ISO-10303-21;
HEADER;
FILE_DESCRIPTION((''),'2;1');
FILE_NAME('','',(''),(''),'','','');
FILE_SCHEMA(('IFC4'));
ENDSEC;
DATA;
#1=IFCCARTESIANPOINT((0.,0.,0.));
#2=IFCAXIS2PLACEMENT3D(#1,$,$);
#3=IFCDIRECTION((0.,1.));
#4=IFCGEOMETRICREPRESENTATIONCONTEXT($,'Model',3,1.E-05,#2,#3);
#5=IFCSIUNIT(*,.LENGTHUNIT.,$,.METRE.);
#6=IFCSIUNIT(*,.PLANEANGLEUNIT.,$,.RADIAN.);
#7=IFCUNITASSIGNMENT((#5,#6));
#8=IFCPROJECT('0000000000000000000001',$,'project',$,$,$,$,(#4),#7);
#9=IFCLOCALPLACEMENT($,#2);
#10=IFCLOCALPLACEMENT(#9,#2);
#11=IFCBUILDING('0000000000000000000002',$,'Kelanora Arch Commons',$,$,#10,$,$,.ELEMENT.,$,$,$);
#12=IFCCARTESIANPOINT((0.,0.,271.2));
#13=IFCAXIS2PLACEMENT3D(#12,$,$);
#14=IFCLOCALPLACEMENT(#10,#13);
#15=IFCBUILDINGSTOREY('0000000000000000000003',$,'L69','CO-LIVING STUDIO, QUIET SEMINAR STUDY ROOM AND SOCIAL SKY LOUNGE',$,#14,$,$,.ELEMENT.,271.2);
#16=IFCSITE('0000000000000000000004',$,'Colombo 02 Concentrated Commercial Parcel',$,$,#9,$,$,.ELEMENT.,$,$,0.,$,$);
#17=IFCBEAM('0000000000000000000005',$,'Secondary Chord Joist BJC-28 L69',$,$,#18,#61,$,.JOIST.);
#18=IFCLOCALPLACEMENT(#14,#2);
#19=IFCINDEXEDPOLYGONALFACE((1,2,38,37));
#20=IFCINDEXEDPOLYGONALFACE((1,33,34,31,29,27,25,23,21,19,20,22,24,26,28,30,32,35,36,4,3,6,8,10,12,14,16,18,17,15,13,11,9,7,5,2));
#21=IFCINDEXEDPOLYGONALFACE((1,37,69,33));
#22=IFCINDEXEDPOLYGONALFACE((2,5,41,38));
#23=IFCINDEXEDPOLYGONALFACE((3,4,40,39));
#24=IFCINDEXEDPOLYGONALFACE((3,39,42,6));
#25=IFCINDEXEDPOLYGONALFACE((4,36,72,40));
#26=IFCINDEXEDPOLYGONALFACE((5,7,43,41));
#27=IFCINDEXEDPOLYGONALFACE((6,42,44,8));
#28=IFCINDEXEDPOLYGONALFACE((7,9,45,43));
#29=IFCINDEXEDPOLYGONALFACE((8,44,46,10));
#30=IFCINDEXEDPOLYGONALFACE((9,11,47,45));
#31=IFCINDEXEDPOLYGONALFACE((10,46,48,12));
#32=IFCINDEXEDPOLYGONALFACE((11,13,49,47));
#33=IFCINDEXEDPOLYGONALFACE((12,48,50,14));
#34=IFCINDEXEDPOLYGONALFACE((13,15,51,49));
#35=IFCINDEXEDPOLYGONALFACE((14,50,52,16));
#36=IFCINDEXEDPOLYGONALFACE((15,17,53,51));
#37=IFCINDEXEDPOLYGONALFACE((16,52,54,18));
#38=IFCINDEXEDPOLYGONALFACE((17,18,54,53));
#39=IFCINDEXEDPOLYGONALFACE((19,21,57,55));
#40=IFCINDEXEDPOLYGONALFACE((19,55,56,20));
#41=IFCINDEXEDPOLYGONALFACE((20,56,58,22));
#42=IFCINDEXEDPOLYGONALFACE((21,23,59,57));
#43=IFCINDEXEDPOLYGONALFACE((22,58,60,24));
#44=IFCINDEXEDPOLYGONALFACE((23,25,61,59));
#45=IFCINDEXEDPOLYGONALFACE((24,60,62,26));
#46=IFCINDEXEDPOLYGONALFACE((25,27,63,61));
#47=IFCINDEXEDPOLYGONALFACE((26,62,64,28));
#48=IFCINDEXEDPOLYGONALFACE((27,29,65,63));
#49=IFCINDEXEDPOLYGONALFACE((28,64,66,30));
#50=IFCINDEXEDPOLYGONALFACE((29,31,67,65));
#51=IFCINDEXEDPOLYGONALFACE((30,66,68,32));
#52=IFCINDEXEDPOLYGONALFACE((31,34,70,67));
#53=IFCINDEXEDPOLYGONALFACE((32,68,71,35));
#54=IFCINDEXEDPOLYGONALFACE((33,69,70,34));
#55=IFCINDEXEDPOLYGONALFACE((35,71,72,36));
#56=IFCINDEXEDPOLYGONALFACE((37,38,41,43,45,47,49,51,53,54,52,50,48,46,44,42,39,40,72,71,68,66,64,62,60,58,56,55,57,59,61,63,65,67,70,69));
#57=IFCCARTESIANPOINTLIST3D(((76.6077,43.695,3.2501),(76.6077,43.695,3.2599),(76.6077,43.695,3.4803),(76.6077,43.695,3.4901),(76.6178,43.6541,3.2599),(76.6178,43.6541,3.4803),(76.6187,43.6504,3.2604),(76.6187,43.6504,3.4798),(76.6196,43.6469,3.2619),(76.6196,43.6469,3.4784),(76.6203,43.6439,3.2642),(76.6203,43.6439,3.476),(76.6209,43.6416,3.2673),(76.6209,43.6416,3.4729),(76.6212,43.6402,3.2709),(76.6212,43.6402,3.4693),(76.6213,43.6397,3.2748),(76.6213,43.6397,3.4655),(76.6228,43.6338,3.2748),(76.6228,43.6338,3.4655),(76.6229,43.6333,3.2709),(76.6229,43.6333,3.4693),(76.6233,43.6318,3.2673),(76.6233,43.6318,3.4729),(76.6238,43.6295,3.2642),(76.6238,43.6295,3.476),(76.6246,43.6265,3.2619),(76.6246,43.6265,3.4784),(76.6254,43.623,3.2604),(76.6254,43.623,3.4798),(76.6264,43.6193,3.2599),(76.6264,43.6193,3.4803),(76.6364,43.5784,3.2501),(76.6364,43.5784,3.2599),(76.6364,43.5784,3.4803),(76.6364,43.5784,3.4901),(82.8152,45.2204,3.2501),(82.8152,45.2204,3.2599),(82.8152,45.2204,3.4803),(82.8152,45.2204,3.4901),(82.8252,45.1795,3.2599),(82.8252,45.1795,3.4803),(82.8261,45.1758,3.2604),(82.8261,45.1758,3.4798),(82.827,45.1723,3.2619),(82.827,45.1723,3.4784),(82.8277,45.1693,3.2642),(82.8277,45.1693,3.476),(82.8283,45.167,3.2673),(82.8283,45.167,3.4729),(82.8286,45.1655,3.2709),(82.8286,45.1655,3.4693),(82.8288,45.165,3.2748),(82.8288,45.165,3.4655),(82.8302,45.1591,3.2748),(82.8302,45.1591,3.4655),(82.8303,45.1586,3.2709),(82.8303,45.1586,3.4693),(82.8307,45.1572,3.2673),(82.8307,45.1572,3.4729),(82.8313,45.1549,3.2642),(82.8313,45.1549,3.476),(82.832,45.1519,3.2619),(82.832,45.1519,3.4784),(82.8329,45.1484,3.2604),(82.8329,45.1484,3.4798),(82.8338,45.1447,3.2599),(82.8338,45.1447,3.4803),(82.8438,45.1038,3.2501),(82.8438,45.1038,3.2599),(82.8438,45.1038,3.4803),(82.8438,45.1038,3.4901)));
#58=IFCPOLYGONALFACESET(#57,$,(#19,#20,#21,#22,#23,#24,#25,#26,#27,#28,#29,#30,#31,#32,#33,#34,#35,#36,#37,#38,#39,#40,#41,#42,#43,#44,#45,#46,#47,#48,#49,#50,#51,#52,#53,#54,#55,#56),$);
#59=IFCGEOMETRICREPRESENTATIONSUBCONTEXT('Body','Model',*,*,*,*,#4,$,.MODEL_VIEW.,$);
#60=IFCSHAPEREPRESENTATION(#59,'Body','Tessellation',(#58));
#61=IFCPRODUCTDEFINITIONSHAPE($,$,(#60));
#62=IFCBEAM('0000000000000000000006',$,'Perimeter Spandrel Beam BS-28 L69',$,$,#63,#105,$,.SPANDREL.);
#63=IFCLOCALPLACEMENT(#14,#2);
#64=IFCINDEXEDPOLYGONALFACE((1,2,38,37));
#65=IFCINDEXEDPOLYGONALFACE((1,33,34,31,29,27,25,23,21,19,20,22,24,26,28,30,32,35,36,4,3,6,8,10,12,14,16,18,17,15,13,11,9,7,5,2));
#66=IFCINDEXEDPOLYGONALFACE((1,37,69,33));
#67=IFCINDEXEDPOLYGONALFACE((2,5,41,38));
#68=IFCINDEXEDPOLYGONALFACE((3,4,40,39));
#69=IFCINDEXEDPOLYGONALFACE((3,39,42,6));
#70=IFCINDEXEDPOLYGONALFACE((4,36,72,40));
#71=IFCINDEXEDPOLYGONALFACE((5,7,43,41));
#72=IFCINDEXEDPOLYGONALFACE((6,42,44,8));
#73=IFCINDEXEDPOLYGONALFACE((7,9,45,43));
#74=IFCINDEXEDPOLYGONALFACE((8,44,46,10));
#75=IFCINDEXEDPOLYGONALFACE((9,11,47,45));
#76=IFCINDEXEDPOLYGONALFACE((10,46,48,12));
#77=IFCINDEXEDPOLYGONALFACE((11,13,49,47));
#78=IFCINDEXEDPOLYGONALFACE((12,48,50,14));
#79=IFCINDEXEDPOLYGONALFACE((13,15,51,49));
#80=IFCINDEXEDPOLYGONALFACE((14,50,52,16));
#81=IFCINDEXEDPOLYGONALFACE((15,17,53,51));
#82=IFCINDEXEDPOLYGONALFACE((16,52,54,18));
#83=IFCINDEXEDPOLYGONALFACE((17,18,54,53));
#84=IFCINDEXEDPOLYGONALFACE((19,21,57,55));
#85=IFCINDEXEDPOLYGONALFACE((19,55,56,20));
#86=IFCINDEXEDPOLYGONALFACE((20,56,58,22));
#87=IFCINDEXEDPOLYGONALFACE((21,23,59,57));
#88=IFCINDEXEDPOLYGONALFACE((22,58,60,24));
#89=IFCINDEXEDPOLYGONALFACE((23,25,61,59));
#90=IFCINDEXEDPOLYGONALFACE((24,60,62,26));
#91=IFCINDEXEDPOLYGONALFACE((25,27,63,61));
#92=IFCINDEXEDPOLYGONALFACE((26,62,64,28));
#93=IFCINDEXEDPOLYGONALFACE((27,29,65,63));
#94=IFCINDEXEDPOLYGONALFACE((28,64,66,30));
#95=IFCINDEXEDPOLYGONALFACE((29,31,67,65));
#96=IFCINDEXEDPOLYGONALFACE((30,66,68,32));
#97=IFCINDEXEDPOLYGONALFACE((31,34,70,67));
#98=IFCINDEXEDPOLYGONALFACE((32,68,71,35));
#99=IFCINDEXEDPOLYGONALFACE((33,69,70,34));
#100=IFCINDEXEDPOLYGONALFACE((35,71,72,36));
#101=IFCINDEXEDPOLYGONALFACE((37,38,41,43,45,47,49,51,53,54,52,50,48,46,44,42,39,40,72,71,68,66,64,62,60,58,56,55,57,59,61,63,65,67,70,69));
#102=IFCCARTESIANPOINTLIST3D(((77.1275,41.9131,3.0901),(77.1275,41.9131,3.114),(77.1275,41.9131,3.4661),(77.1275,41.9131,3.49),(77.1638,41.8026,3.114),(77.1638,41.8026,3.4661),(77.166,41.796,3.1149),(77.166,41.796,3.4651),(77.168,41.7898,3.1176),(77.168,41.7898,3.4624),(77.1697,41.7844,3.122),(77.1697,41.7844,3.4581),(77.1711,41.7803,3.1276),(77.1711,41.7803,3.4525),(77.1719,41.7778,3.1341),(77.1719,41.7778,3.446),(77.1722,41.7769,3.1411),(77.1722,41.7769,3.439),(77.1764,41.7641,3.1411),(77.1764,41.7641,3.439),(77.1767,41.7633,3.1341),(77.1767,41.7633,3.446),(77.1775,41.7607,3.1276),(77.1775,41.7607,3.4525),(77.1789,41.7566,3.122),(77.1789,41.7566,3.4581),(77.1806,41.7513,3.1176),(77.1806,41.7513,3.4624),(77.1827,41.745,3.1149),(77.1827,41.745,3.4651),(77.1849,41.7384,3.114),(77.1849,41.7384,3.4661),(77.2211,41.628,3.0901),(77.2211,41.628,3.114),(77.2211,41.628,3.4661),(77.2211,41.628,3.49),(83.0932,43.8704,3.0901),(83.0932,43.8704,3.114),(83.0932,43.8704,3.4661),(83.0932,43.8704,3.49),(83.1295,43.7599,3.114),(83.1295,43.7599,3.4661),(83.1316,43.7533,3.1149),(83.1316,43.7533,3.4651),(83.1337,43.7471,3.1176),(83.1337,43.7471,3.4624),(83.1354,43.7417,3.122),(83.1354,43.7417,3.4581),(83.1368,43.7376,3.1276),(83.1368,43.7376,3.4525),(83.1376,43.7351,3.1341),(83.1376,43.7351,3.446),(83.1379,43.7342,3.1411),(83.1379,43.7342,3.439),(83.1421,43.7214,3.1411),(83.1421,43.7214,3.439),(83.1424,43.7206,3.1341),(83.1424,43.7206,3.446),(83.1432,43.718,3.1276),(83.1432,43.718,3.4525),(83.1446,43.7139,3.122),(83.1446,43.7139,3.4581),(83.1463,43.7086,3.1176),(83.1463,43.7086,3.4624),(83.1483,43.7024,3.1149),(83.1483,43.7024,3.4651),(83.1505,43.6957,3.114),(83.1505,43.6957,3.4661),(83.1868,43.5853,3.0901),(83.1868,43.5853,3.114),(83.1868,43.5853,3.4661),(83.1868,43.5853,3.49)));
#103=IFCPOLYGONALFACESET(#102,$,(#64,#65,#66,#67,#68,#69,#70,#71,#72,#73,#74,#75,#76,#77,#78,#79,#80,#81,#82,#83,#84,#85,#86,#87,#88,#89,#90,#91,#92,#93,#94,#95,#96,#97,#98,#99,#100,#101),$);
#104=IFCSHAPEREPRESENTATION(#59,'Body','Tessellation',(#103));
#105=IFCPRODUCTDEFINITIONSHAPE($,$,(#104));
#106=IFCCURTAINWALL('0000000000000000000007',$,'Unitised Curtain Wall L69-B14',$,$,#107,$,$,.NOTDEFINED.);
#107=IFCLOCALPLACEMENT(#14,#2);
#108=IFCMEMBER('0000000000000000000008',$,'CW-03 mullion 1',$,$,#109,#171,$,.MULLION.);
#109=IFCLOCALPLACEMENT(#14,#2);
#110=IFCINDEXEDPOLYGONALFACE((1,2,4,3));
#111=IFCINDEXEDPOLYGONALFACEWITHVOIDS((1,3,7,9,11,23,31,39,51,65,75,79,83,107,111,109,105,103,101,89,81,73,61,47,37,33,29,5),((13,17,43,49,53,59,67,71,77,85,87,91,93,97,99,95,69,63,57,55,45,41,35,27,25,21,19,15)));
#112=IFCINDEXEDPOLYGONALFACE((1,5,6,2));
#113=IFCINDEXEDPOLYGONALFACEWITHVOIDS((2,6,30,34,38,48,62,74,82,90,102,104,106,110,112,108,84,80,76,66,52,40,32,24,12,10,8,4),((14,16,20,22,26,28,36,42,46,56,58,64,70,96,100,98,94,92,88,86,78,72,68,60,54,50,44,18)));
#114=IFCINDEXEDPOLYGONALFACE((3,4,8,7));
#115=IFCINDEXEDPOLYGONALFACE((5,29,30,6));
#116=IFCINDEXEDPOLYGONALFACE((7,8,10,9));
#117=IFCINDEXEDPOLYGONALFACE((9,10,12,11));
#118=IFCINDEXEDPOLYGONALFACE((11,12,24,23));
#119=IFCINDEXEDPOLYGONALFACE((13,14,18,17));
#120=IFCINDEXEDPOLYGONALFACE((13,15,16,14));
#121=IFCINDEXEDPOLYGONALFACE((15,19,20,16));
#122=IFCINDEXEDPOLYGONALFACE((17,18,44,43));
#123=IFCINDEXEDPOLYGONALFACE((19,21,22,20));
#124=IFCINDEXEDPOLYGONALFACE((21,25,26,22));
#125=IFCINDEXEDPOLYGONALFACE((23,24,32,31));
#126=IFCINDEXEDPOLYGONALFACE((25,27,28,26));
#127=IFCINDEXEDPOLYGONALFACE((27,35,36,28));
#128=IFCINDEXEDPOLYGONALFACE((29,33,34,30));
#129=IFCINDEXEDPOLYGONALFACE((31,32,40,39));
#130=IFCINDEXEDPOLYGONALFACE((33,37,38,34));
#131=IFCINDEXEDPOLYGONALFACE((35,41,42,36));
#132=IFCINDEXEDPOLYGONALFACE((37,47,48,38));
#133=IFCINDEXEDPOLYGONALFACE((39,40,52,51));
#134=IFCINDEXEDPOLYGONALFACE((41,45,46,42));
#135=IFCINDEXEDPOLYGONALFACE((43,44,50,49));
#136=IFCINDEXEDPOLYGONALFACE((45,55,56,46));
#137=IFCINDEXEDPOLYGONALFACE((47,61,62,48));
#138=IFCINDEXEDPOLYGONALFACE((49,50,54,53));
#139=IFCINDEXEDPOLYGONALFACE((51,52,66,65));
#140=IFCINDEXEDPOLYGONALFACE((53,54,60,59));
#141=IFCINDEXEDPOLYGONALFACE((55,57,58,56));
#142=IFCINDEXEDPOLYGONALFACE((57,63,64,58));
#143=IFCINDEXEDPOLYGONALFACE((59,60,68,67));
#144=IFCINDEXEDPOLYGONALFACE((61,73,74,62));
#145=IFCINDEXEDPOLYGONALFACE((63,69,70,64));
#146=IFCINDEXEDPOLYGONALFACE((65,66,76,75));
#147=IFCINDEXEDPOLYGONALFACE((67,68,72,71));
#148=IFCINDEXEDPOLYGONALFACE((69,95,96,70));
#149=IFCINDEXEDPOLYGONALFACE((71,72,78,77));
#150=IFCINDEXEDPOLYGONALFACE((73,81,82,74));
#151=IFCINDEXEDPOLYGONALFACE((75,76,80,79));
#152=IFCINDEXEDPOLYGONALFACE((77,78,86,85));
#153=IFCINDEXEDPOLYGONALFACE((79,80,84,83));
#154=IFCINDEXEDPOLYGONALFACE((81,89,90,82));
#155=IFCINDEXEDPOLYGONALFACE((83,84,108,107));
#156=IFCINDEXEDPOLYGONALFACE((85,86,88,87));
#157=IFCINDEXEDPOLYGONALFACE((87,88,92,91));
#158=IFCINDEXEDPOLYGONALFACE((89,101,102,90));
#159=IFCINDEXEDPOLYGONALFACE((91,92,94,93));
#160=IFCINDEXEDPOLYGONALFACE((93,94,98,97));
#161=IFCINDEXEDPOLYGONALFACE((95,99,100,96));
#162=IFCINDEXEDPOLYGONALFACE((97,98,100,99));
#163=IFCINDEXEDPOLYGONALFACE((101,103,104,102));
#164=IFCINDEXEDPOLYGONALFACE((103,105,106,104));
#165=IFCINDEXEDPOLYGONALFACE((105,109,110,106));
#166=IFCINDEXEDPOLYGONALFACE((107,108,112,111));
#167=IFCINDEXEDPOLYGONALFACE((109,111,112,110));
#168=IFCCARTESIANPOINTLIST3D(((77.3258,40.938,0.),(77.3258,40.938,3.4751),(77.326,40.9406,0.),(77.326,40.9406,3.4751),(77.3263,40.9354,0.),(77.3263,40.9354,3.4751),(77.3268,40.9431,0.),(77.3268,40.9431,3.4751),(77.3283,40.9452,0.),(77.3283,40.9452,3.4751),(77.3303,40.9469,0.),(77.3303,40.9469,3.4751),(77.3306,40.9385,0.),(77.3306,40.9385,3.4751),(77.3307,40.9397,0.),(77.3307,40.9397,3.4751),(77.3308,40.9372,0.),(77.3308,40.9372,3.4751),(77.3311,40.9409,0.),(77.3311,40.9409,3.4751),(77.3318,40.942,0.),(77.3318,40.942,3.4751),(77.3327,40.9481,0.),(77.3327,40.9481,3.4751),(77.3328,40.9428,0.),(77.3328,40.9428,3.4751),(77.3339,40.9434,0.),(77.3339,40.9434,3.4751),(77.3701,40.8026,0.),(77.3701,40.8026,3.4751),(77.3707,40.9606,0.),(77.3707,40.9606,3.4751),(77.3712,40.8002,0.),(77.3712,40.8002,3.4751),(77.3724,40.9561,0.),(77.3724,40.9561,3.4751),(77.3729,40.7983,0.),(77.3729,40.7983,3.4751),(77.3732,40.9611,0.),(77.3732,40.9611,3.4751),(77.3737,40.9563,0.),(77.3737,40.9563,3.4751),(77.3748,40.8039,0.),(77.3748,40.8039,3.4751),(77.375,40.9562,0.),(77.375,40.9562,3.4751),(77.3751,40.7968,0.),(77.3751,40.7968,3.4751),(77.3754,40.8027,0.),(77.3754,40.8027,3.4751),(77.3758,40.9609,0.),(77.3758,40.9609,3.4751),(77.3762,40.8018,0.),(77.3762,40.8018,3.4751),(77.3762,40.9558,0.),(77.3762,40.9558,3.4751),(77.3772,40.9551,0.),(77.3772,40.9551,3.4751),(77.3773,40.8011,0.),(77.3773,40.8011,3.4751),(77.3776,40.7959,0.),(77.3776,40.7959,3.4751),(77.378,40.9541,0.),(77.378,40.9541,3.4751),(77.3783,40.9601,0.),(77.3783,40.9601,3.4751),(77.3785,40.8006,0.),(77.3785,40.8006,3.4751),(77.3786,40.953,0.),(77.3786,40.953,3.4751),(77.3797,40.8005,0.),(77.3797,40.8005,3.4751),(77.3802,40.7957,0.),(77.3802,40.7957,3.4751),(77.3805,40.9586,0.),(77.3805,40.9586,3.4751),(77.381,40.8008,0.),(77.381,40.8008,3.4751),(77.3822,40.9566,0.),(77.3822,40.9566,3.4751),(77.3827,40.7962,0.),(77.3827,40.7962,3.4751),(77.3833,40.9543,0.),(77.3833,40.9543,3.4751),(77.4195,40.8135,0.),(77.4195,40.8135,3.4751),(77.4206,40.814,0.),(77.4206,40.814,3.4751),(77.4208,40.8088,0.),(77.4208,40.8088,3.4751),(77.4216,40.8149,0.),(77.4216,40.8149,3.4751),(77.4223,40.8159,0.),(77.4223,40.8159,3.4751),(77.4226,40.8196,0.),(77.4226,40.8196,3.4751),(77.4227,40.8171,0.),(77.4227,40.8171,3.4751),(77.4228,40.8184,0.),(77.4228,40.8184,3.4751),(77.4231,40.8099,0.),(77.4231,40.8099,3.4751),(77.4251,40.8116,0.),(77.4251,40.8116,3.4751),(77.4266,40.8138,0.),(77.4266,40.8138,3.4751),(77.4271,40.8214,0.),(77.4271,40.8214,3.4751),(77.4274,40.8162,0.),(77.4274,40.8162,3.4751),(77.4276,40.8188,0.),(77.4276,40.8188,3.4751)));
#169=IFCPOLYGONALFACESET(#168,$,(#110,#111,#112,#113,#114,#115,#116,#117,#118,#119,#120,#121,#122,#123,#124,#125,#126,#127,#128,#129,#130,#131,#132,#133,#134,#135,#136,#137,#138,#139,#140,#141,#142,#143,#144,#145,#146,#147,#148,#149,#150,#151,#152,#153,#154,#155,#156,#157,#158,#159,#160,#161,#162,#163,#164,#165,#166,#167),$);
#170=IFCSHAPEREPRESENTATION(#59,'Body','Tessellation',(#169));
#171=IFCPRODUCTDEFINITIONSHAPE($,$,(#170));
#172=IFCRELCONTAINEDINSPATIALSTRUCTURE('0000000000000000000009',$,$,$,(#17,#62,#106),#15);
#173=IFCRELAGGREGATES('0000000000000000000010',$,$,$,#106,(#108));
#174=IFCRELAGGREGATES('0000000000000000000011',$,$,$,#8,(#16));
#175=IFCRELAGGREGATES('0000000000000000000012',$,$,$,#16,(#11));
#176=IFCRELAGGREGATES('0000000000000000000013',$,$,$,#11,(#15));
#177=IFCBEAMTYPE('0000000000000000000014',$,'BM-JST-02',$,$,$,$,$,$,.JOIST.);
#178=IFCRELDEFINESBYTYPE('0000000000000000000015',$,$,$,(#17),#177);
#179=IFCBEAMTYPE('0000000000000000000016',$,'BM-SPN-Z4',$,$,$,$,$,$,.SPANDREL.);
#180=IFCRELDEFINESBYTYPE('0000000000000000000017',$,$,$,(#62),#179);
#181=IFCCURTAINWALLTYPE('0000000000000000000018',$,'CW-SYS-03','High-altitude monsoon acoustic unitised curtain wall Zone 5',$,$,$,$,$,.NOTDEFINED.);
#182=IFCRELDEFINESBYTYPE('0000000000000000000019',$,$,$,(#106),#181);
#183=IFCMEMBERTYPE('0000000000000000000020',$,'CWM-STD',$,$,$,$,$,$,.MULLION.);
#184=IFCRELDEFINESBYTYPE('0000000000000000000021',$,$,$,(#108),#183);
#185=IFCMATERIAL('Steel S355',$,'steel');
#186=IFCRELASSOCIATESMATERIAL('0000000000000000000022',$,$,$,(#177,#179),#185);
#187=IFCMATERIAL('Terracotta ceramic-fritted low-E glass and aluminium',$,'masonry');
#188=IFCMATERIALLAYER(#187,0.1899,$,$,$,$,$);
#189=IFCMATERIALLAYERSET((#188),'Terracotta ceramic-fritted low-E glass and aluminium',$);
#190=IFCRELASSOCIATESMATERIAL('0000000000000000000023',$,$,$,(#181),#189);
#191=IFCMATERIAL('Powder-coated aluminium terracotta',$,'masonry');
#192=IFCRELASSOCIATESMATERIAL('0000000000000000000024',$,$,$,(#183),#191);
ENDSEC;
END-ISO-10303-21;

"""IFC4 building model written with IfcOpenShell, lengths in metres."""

from ifc_helpers import new_model, si_unit, direction, frame, origin, origin_2d, place, context, subcontext, project, spatial, hollow_rectangle, i_section, extrude, material, layer, layer_set, material_profile, profile_set, type_object, element, aggregate, save


model = new_model("IFC4")

# Units and contexts
model_context = context("Model", 3, precision=1e-05, world=origin(), true_north=direction((0.0, 1.0)))
body_context = subcontext(model_context, "Body", "Model", "MODEL_VIEW")
ifc_project = project(units=[si_unit("LENGTHUNIT", "METRE"), si_unit("PLANEANGLEUNIT", "RADIAN")], contexts=[model_context])

# Site, building, storey
site_placement = place(None, origin())
site = spatial("IfcSite", under=ifc_project, at=site_placement, Name="Colombo 02 Concentrated Commercial Parcel", CompositionType="ELEMENT", RefElevation=0.0)
building_placement = place(site_placement, origin())
building = spatial("IfcBuilding", under=site, at=building_placement, Name="Kelanora Arch Commons", CompositionType="ELEMENT")
storey_placement = place(building_placement, frame((0.0, 0.0, 271.2)))
storey = spatial("IfcBuildingStorey", under=building, at=storey_placement, Name="L69", Description="CO-LIVING STUDIO, QUIET SEMINAR STUDY ROOM AND SOCIAL SKY LOUNGE", CompositionType="ELEMENT", Elevation=271.2)

# Beams
ifc_material_1 = material(Name="Steel S355", Category="steel")
ifc_material_profile_1 = material_profile(ifc_material_1, i_section(OverallWidth=0.1201, OverallDepth=0.24, WebThickness=0.0061, FlangeThickness=0.0098, FilletRadius=0.0149, at=origin_2d()), Name="IPE240")
ifc_profile_set_1 = profile_set([ifc_material_profile_1], Name="Steel S355")
beam_type_1 = type_object("IfcBeamType", Name="BM-JST-02", PredefinedType="JOIST", material=ifc_profile_set_1)
beam_1_placement = place(storey_placement, frame((76.6221, 43.6367, 3.3701), z_axis=(0.97111, 0.238633, 0.0), x_axis=(-0.238633, 0.97111, 0.0)))
element("IfcBeam", 1, at=beam_1_placement, inside=storey, type_object=beam_type_1, Name="Secondary Chord Joist BJC-28 L69", PredefinedType="JOIST", context=body_context, shape_type="SweptSolid", body=[
    extrude(i_section(OverallWidth=0.1201, OverallDepth=0.24, WebThickness=0.0061, FlangeThickness=0.0098, FilletRadius=0.0149, at=origin_2d()), origin(), (0.0, 0.0, 1.0), 6.3921),
])
ifc_material_profile_2 = material_profile(ifc_material_1, i_section(OverallWidth=0.3, OverallDepth=0.3999, WebThickness=0.0134, FlangeThickness=0.0239, FilletRadius=0.0271, at=origin_2d()), Name="HEB400")
ifc_profile_set_2 = profile_set([ifc_material_profile_2], Name="Steel S355")
beam_type_2 = type_object("IfcBeamType", Name="BM-SPN-Z4", PredefinedType="SPANDREL", material=ifc_profile_set_2)
beam_2_placement = place(storey_placement, frame((77.1743, 41.7705, 3.29), z_axis=(0.950166, 0.311745, 0.0), x_axis=(-0.311745, 0.950166, 0.0)))
element("IfcBeam", 2, at=beam_2_placement, inside=storey, type_object=beam_type_2, Name="Perimeter Spandrel Beam BS-28 L69", PredefinedType="SPANDREL", context=body_context, shape_type="SweptSolid", body=[
    extrude(i_section(OverallWidth=0.3, OverallDepth=0.3999, WebThickness=0.0134, FlangeThickness=0.0239, FilletRadius=0.0271, at=origin_2d()), origin(), (0.0, 0.0, 1.0), 6.2786),
])

# Curtain wall, member
ifc_material_2 = material(Name="Terracotta ceramic-fritted low-E glass and aluminium", Category="masonry")
ifc_layer_1 = layer(ifc_material_2, 0.1899)
ifc_layer_set_1 = layer_set([ifc_layer_1], Name="Terracotta ceramic-fritted low-E glass and aluminium")
curtain_wall_type = type_object("IfcCurtainWallType", Name="CW-SYS-03", Description="High-altitude monsoon acoustic unitised curtain wall Zone 5", PredefinedType="NOTDEFINED", material=ifc_layer_set_1)
curtain_wall_placement = place(storey_placement, origin())
curtain_wall = element("IfcCurtainWall", 3, at=curtain_wall_placement, inside=storey, type_object=curtain_wall_type, Name="Unitised Curtain Wall L69-B14", PredefinedType="NOTDEFINED")
ifc_material_3 = material(Name="Powder-coated aluminium terracotta", Category="masonry")
ifc_material_profile_3 = material_profile(ifc_material_3, hollow_rectangle(XDim=0.1599, YDim=0.0601, WallThickness=0.0049, InnerFilletRadius=0.0049, OuterFilletRadius=0.01, at=origin_2d()), Name="CWM160x60")
ifc_profile_set_3 = profile_set([ifc_material_profile_3], Name="Powder-coated aluminium terracotta")
member_type_1 = type_object("IfcMemberType", Name="CWM-STD", PredefinedType="MULLION", material=ifc_profile_set_3)
member_1_placement = place(storey_placement, frame((77.3767, 40.8784, 0.0), z_axis=(0.0, 0.0, 1.0), x_axis=(-0.313253, 0.94967, 0.0)))
member_1 = element("IfcMember", 4, at=member_1_placement, type_object=member_type_1, Name="CW-03 mullion 1", PredefinedType="MULLION", context=body_context, shape_type="SweptSolid", body=[
    extrude(hollow_rectangle(XDim=0.1599, YDim=0.0601, WallThickness=0.0049, InnerFilletRadius=0.0049, OuterFilletRadius=0.01, at=origin_2d()), origin(), (0.0, 0.0, 1.0), 3.4751),
])
aggregate(curtain_wall, [member_1])

save(model, "model.ifc")
